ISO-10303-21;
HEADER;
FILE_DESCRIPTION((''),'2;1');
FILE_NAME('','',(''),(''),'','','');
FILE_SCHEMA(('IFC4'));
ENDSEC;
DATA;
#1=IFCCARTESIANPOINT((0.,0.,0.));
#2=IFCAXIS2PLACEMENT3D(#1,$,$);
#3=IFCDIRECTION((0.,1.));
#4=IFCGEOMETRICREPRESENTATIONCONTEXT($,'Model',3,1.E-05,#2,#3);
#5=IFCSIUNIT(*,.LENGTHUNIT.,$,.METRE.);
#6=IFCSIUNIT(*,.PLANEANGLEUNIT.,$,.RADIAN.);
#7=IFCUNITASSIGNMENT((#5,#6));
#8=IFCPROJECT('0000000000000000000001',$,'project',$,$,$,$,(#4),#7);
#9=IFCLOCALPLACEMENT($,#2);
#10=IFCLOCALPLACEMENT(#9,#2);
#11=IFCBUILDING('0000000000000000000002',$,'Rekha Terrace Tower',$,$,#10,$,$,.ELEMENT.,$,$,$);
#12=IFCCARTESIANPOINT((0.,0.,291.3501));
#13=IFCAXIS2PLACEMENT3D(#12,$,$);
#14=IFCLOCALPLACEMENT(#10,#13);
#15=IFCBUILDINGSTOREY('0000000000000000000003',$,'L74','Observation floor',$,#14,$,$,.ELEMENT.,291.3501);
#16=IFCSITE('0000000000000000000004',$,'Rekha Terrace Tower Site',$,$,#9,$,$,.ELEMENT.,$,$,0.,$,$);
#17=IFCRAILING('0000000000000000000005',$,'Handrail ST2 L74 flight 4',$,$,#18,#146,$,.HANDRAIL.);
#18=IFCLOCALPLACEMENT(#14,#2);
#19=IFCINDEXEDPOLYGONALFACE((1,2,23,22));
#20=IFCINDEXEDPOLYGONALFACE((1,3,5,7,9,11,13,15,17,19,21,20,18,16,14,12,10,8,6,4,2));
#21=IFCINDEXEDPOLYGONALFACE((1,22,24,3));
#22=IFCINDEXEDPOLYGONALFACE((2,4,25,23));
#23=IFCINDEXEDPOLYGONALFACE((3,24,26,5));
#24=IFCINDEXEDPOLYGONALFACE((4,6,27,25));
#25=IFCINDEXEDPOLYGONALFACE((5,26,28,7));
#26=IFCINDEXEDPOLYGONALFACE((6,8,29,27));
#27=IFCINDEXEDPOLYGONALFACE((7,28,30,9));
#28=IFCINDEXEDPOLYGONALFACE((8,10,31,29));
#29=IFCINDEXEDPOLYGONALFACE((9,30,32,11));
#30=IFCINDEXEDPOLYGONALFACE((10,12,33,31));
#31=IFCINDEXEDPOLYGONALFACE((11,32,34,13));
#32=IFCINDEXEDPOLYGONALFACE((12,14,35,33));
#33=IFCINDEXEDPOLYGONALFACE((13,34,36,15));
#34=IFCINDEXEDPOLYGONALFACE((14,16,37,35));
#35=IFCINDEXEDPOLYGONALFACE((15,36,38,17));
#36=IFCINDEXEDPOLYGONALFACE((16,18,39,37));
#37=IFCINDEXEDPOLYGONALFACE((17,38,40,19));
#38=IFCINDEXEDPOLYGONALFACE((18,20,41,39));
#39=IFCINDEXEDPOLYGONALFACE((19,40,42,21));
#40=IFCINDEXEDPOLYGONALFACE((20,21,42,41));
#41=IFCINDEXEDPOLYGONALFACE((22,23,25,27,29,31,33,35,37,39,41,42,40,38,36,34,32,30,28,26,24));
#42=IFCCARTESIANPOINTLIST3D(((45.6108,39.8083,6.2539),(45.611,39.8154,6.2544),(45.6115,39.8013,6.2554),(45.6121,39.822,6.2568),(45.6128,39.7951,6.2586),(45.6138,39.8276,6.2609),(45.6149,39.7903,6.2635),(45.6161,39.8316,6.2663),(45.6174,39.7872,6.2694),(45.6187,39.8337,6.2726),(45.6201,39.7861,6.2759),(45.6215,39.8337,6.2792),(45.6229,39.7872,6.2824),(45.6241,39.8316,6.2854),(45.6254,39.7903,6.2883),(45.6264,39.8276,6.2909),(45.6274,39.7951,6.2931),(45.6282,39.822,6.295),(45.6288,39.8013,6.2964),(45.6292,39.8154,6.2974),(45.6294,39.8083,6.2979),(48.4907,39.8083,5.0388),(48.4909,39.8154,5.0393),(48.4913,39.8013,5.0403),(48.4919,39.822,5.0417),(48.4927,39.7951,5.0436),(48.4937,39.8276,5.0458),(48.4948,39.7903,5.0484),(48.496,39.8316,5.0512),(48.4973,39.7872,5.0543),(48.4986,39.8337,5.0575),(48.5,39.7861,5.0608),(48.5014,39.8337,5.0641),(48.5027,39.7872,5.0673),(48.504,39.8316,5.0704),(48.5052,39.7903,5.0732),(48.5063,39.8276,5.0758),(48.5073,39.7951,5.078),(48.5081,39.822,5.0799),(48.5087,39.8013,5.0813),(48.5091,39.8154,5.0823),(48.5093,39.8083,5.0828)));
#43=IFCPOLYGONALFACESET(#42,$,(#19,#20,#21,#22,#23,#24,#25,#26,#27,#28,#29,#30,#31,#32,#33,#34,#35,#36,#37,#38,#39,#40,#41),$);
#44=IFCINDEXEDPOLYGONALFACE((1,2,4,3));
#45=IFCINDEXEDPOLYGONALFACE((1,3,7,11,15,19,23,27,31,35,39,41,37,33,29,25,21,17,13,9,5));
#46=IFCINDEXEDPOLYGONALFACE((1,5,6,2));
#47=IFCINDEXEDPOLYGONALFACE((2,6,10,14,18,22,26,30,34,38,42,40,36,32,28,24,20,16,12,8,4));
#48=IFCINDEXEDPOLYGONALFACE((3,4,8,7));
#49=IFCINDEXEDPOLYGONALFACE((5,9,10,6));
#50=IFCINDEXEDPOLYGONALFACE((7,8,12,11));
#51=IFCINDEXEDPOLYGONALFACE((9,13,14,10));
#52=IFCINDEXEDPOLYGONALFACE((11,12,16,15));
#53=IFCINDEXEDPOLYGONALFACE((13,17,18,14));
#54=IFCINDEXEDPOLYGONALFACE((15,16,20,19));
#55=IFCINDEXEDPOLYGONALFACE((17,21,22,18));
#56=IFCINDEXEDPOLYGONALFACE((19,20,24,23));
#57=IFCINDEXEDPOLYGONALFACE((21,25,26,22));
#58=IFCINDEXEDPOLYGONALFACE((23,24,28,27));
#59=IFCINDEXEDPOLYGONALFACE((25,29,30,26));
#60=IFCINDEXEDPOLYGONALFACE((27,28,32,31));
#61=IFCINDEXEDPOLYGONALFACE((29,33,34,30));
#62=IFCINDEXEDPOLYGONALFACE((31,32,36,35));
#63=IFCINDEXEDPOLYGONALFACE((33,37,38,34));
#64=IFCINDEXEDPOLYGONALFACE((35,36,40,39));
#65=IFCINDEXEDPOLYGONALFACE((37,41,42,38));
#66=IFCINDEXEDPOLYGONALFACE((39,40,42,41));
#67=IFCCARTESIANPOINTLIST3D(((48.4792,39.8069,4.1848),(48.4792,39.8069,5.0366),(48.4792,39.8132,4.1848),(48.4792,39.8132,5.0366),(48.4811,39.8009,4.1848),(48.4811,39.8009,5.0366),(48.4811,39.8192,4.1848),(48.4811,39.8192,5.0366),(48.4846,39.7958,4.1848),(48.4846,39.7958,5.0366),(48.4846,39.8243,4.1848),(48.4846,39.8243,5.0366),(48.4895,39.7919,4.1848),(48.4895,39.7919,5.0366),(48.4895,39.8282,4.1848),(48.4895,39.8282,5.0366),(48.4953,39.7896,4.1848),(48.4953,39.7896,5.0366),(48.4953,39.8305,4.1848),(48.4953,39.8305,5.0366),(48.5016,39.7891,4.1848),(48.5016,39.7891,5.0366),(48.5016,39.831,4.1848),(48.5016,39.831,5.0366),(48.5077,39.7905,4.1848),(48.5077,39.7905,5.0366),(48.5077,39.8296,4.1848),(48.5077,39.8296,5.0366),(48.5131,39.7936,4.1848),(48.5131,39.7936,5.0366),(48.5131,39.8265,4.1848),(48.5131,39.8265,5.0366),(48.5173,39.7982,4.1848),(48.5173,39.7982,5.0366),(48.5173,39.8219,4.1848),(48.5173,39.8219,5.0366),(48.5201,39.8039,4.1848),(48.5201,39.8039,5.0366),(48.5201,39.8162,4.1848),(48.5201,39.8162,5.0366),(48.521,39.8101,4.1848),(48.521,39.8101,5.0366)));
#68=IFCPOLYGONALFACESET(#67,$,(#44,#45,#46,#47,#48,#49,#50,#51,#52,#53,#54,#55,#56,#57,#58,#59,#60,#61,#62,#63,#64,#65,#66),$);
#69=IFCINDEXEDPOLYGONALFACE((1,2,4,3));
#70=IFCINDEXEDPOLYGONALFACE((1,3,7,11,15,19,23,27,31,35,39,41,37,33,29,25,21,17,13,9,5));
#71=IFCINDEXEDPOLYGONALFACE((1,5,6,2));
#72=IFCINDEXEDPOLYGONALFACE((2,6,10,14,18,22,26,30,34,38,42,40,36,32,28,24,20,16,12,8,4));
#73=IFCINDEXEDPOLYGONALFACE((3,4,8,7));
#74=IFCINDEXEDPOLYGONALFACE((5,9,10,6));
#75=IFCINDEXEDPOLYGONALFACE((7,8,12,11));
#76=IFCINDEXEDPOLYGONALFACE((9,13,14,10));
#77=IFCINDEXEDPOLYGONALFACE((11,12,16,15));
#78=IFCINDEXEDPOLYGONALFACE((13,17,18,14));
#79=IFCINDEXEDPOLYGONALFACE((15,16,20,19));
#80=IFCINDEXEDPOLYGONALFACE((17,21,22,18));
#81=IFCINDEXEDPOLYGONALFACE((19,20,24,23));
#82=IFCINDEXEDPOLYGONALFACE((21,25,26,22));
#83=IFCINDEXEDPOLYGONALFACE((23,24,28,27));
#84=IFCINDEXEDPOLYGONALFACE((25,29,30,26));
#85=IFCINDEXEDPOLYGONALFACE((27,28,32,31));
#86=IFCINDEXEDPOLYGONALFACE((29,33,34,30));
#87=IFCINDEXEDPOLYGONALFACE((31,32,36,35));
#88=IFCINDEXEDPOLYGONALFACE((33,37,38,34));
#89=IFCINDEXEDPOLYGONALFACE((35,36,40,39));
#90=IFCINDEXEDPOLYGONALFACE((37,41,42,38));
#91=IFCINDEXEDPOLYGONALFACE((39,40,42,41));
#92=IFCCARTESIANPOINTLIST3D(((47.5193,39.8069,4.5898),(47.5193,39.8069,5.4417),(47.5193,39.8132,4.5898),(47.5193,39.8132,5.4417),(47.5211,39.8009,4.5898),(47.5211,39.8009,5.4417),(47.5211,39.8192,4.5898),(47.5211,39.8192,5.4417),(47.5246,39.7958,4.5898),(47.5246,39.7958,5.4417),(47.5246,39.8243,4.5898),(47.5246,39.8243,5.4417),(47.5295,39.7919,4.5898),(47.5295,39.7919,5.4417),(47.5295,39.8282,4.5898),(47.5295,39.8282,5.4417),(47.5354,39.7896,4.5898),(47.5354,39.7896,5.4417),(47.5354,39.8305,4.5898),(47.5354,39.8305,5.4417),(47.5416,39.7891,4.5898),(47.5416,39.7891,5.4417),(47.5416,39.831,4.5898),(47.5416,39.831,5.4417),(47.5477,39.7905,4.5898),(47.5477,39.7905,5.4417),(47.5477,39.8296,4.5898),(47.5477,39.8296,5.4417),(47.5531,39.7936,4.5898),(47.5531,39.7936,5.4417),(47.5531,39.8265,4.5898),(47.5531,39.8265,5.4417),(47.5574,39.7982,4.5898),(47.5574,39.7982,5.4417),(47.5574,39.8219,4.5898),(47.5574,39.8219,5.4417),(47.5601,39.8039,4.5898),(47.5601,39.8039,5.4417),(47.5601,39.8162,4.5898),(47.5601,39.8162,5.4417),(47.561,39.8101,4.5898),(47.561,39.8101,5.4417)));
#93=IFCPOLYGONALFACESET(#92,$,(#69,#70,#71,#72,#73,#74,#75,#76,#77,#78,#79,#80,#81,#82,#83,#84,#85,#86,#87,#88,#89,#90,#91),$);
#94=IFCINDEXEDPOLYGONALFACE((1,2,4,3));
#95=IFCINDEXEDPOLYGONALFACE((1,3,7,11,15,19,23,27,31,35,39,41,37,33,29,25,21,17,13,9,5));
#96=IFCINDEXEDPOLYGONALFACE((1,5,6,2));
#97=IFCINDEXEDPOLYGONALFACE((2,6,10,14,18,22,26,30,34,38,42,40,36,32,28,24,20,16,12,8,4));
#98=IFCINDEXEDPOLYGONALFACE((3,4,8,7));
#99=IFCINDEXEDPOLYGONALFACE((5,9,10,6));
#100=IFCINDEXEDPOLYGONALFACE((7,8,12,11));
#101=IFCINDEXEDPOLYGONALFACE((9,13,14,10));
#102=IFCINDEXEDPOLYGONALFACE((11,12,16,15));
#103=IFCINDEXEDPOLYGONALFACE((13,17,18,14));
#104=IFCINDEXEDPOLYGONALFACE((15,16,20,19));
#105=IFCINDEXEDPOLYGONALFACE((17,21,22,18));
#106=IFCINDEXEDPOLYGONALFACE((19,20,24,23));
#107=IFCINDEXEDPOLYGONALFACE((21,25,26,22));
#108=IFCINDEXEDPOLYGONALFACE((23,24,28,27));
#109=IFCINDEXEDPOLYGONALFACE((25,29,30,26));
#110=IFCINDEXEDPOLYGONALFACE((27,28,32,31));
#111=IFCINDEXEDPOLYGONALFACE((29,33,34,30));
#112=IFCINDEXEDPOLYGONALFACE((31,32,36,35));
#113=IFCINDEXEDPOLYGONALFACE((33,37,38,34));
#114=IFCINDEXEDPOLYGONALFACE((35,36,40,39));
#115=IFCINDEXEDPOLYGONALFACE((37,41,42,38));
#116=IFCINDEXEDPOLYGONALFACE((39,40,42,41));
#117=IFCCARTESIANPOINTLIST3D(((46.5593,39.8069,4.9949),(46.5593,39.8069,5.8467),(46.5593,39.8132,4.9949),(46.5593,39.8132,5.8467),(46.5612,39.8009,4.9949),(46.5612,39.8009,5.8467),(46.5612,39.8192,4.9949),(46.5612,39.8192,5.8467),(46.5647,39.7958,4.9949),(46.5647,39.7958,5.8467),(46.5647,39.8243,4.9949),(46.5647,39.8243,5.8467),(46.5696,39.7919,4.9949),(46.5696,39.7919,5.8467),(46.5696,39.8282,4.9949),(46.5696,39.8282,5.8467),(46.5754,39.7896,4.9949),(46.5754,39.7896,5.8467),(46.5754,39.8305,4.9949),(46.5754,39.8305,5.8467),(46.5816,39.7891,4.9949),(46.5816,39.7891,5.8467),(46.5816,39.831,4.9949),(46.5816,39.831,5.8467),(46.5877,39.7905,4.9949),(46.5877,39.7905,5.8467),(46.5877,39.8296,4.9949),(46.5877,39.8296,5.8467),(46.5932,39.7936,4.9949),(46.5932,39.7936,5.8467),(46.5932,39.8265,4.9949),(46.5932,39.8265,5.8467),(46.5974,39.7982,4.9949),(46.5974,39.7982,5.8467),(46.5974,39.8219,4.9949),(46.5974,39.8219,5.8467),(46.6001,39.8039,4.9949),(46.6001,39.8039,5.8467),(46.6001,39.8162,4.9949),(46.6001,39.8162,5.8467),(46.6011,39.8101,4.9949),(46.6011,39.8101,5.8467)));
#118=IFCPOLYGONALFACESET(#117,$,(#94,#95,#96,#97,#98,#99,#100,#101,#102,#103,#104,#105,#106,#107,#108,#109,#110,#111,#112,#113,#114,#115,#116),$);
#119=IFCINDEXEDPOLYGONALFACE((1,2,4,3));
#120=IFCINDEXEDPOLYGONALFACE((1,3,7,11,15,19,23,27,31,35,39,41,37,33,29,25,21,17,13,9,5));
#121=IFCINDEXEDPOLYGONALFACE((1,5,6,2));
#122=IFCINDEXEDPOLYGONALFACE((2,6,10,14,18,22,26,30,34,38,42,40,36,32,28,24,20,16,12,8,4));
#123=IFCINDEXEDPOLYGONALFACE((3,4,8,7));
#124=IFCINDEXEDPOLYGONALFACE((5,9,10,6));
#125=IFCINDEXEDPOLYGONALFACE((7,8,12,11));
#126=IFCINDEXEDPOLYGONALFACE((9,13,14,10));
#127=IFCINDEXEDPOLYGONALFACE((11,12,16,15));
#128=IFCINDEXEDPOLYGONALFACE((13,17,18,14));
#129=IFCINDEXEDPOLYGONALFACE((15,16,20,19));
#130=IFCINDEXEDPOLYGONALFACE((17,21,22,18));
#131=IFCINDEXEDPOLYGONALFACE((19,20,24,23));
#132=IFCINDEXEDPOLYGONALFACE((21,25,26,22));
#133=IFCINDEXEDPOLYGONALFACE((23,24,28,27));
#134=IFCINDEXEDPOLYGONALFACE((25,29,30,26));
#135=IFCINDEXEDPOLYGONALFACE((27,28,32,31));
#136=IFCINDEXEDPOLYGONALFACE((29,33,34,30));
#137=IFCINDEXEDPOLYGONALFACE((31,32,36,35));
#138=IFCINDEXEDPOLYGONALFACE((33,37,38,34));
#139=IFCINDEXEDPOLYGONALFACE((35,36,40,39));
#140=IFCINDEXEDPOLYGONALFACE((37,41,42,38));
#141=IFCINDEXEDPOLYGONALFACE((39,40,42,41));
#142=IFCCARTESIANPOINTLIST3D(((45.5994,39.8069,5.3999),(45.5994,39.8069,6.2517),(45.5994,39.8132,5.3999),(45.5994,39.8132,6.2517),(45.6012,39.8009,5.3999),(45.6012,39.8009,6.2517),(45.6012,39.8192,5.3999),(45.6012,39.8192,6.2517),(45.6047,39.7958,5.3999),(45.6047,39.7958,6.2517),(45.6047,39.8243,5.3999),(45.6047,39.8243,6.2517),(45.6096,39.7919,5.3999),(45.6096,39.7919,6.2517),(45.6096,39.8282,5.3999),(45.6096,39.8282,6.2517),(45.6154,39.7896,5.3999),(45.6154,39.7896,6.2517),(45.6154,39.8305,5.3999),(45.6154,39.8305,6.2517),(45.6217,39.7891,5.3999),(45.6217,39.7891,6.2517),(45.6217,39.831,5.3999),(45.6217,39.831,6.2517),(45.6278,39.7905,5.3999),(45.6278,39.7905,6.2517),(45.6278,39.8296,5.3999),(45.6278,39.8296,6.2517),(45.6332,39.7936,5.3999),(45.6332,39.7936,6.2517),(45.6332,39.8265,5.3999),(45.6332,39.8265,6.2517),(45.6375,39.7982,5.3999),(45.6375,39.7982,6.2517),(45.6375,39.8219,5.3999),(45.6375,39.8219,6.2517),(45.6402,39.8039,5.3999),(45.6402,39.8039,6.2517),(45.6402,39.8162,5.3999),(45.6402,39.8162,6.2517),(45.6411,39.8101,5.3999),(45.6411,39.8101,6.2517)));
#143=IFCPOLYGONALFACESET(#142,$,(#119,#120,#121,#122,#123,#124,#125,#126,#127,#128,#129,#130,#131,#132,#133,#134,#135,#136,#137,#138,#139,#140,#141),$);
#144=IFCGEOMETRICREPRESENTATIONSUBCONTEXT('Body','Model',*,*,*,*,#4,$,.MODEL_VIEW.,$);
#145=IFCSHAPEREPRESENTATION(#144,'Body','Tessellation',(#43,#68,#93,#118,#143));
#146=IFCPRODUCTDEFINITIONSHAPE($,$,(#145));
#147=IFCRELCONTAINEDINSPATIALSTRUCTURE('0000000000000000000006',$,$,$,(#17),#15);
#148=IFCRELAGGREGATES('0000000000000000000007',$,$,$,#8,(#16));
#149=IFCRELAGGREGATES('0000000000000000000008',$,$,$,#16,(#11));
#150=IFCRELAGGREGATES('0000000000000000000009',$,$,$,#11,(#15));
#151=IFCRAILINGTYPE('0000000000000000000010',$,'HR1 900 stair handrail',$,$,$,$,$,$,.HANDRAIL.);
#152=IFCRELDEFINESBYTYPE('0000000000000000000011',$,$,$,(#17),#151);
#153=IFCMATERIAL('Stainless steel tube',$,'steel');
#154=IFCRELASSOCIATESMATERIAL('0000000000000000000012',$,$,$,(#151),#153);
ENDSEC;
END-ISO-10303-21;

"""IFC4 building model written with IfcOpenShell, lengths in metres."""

from ifc_helpers import new_model, si_unit, direction, frame, origin, origin_2d, place, context, subcontext, project, spatial, circle, extrude, material, type_object, element, save


model = new_model("IFC4")

# Units and contexts
model_context = context("Model", 3, precision=1e-05, world=origin(), true_north=direction((0.0, 1.0)))
body_context = subcontext(model_context, "Body", "Model", "MODEL_VIEW")
ifc_project = project(units=[si_unit("LENGTHUNIT", "METRE"), si_unit("PLANEANGLEUNIT", "RADIAN")], contexts=[model_context])

# Site, building, storey
site_placement = place(None, origin())
site = spatial("IfcSite", under=ifc_project, at=site_placement, Name="Rekha Terrace Tower Site", CompositionType="ELEMENT", RefElevation=0.0)
building_placement = place(site_placement, origin())
building = spatial("IfcBuilding", under=site, at=building_placement, Name="Rekha Terrace Tower", CompositionType="ELEMENT")
storey_placement = place(building_placement, frame((0.0, 0.0, 291.3501)))
storey = spatial("IfcBuildingStorey", under=building, at=storey_placement, Name="L74", Description="Observation floor", CompositionType="ELEMENT", Elevation=291.3501)

# Railing
ifc_material_1 = material(Name="Stainless steel tube", Category="steel")
railing_type_1 = type_object("IfcRailingType", Name="HR1 900 stair handrail", PredefinedType="HANDRAIL", material=ifc_material_1)
railing_1_placement = place(storey_placement, frame((48.5, 39.8101, 4.1848)))
element("IfcRailing", 1, at=railing_1_placement, inside=storey, type_object=railing_type_1, Name="Handrail ST2 L74 flight 4", PredefinedType="HANDRAIL", context=body_context, shape_type="SweptSolid", body=[
    extrude(circle(Radius=0.0239, at=origin_2d()), frame((0.0, 0.0, 0.876), z_axis=(-0.921348, 0.0, 0.388738), x_axis=(0.0, -1.0, 0.0)), (0.0, 0.0, 1.0), 3.1257),
    extrude(circle(Radius=0.021, at=origin_2d()), origin(), (0.0, 0.0, 1.0), 0.8518),
    extrude(circle(Radius=0.021, at=origin_2d()), frame((-0.96, 0.0, 0.405)), (0.0, 0.0, 1.0), 0.8518),
    extrude(circle(Radius=0.021, at=origin_2d()), frame((-1.9199, 0.0, 0.8101)), (0.0, 0.0, 1.0), 0.8518),
    extrude(circle(Radius=0.021, at=origin_2d()), frame((-2.8799, 0.0, 1.2151)), (0.0, 0.0, 1.0), 0.8518),
])

save(model, "model.ifc")
